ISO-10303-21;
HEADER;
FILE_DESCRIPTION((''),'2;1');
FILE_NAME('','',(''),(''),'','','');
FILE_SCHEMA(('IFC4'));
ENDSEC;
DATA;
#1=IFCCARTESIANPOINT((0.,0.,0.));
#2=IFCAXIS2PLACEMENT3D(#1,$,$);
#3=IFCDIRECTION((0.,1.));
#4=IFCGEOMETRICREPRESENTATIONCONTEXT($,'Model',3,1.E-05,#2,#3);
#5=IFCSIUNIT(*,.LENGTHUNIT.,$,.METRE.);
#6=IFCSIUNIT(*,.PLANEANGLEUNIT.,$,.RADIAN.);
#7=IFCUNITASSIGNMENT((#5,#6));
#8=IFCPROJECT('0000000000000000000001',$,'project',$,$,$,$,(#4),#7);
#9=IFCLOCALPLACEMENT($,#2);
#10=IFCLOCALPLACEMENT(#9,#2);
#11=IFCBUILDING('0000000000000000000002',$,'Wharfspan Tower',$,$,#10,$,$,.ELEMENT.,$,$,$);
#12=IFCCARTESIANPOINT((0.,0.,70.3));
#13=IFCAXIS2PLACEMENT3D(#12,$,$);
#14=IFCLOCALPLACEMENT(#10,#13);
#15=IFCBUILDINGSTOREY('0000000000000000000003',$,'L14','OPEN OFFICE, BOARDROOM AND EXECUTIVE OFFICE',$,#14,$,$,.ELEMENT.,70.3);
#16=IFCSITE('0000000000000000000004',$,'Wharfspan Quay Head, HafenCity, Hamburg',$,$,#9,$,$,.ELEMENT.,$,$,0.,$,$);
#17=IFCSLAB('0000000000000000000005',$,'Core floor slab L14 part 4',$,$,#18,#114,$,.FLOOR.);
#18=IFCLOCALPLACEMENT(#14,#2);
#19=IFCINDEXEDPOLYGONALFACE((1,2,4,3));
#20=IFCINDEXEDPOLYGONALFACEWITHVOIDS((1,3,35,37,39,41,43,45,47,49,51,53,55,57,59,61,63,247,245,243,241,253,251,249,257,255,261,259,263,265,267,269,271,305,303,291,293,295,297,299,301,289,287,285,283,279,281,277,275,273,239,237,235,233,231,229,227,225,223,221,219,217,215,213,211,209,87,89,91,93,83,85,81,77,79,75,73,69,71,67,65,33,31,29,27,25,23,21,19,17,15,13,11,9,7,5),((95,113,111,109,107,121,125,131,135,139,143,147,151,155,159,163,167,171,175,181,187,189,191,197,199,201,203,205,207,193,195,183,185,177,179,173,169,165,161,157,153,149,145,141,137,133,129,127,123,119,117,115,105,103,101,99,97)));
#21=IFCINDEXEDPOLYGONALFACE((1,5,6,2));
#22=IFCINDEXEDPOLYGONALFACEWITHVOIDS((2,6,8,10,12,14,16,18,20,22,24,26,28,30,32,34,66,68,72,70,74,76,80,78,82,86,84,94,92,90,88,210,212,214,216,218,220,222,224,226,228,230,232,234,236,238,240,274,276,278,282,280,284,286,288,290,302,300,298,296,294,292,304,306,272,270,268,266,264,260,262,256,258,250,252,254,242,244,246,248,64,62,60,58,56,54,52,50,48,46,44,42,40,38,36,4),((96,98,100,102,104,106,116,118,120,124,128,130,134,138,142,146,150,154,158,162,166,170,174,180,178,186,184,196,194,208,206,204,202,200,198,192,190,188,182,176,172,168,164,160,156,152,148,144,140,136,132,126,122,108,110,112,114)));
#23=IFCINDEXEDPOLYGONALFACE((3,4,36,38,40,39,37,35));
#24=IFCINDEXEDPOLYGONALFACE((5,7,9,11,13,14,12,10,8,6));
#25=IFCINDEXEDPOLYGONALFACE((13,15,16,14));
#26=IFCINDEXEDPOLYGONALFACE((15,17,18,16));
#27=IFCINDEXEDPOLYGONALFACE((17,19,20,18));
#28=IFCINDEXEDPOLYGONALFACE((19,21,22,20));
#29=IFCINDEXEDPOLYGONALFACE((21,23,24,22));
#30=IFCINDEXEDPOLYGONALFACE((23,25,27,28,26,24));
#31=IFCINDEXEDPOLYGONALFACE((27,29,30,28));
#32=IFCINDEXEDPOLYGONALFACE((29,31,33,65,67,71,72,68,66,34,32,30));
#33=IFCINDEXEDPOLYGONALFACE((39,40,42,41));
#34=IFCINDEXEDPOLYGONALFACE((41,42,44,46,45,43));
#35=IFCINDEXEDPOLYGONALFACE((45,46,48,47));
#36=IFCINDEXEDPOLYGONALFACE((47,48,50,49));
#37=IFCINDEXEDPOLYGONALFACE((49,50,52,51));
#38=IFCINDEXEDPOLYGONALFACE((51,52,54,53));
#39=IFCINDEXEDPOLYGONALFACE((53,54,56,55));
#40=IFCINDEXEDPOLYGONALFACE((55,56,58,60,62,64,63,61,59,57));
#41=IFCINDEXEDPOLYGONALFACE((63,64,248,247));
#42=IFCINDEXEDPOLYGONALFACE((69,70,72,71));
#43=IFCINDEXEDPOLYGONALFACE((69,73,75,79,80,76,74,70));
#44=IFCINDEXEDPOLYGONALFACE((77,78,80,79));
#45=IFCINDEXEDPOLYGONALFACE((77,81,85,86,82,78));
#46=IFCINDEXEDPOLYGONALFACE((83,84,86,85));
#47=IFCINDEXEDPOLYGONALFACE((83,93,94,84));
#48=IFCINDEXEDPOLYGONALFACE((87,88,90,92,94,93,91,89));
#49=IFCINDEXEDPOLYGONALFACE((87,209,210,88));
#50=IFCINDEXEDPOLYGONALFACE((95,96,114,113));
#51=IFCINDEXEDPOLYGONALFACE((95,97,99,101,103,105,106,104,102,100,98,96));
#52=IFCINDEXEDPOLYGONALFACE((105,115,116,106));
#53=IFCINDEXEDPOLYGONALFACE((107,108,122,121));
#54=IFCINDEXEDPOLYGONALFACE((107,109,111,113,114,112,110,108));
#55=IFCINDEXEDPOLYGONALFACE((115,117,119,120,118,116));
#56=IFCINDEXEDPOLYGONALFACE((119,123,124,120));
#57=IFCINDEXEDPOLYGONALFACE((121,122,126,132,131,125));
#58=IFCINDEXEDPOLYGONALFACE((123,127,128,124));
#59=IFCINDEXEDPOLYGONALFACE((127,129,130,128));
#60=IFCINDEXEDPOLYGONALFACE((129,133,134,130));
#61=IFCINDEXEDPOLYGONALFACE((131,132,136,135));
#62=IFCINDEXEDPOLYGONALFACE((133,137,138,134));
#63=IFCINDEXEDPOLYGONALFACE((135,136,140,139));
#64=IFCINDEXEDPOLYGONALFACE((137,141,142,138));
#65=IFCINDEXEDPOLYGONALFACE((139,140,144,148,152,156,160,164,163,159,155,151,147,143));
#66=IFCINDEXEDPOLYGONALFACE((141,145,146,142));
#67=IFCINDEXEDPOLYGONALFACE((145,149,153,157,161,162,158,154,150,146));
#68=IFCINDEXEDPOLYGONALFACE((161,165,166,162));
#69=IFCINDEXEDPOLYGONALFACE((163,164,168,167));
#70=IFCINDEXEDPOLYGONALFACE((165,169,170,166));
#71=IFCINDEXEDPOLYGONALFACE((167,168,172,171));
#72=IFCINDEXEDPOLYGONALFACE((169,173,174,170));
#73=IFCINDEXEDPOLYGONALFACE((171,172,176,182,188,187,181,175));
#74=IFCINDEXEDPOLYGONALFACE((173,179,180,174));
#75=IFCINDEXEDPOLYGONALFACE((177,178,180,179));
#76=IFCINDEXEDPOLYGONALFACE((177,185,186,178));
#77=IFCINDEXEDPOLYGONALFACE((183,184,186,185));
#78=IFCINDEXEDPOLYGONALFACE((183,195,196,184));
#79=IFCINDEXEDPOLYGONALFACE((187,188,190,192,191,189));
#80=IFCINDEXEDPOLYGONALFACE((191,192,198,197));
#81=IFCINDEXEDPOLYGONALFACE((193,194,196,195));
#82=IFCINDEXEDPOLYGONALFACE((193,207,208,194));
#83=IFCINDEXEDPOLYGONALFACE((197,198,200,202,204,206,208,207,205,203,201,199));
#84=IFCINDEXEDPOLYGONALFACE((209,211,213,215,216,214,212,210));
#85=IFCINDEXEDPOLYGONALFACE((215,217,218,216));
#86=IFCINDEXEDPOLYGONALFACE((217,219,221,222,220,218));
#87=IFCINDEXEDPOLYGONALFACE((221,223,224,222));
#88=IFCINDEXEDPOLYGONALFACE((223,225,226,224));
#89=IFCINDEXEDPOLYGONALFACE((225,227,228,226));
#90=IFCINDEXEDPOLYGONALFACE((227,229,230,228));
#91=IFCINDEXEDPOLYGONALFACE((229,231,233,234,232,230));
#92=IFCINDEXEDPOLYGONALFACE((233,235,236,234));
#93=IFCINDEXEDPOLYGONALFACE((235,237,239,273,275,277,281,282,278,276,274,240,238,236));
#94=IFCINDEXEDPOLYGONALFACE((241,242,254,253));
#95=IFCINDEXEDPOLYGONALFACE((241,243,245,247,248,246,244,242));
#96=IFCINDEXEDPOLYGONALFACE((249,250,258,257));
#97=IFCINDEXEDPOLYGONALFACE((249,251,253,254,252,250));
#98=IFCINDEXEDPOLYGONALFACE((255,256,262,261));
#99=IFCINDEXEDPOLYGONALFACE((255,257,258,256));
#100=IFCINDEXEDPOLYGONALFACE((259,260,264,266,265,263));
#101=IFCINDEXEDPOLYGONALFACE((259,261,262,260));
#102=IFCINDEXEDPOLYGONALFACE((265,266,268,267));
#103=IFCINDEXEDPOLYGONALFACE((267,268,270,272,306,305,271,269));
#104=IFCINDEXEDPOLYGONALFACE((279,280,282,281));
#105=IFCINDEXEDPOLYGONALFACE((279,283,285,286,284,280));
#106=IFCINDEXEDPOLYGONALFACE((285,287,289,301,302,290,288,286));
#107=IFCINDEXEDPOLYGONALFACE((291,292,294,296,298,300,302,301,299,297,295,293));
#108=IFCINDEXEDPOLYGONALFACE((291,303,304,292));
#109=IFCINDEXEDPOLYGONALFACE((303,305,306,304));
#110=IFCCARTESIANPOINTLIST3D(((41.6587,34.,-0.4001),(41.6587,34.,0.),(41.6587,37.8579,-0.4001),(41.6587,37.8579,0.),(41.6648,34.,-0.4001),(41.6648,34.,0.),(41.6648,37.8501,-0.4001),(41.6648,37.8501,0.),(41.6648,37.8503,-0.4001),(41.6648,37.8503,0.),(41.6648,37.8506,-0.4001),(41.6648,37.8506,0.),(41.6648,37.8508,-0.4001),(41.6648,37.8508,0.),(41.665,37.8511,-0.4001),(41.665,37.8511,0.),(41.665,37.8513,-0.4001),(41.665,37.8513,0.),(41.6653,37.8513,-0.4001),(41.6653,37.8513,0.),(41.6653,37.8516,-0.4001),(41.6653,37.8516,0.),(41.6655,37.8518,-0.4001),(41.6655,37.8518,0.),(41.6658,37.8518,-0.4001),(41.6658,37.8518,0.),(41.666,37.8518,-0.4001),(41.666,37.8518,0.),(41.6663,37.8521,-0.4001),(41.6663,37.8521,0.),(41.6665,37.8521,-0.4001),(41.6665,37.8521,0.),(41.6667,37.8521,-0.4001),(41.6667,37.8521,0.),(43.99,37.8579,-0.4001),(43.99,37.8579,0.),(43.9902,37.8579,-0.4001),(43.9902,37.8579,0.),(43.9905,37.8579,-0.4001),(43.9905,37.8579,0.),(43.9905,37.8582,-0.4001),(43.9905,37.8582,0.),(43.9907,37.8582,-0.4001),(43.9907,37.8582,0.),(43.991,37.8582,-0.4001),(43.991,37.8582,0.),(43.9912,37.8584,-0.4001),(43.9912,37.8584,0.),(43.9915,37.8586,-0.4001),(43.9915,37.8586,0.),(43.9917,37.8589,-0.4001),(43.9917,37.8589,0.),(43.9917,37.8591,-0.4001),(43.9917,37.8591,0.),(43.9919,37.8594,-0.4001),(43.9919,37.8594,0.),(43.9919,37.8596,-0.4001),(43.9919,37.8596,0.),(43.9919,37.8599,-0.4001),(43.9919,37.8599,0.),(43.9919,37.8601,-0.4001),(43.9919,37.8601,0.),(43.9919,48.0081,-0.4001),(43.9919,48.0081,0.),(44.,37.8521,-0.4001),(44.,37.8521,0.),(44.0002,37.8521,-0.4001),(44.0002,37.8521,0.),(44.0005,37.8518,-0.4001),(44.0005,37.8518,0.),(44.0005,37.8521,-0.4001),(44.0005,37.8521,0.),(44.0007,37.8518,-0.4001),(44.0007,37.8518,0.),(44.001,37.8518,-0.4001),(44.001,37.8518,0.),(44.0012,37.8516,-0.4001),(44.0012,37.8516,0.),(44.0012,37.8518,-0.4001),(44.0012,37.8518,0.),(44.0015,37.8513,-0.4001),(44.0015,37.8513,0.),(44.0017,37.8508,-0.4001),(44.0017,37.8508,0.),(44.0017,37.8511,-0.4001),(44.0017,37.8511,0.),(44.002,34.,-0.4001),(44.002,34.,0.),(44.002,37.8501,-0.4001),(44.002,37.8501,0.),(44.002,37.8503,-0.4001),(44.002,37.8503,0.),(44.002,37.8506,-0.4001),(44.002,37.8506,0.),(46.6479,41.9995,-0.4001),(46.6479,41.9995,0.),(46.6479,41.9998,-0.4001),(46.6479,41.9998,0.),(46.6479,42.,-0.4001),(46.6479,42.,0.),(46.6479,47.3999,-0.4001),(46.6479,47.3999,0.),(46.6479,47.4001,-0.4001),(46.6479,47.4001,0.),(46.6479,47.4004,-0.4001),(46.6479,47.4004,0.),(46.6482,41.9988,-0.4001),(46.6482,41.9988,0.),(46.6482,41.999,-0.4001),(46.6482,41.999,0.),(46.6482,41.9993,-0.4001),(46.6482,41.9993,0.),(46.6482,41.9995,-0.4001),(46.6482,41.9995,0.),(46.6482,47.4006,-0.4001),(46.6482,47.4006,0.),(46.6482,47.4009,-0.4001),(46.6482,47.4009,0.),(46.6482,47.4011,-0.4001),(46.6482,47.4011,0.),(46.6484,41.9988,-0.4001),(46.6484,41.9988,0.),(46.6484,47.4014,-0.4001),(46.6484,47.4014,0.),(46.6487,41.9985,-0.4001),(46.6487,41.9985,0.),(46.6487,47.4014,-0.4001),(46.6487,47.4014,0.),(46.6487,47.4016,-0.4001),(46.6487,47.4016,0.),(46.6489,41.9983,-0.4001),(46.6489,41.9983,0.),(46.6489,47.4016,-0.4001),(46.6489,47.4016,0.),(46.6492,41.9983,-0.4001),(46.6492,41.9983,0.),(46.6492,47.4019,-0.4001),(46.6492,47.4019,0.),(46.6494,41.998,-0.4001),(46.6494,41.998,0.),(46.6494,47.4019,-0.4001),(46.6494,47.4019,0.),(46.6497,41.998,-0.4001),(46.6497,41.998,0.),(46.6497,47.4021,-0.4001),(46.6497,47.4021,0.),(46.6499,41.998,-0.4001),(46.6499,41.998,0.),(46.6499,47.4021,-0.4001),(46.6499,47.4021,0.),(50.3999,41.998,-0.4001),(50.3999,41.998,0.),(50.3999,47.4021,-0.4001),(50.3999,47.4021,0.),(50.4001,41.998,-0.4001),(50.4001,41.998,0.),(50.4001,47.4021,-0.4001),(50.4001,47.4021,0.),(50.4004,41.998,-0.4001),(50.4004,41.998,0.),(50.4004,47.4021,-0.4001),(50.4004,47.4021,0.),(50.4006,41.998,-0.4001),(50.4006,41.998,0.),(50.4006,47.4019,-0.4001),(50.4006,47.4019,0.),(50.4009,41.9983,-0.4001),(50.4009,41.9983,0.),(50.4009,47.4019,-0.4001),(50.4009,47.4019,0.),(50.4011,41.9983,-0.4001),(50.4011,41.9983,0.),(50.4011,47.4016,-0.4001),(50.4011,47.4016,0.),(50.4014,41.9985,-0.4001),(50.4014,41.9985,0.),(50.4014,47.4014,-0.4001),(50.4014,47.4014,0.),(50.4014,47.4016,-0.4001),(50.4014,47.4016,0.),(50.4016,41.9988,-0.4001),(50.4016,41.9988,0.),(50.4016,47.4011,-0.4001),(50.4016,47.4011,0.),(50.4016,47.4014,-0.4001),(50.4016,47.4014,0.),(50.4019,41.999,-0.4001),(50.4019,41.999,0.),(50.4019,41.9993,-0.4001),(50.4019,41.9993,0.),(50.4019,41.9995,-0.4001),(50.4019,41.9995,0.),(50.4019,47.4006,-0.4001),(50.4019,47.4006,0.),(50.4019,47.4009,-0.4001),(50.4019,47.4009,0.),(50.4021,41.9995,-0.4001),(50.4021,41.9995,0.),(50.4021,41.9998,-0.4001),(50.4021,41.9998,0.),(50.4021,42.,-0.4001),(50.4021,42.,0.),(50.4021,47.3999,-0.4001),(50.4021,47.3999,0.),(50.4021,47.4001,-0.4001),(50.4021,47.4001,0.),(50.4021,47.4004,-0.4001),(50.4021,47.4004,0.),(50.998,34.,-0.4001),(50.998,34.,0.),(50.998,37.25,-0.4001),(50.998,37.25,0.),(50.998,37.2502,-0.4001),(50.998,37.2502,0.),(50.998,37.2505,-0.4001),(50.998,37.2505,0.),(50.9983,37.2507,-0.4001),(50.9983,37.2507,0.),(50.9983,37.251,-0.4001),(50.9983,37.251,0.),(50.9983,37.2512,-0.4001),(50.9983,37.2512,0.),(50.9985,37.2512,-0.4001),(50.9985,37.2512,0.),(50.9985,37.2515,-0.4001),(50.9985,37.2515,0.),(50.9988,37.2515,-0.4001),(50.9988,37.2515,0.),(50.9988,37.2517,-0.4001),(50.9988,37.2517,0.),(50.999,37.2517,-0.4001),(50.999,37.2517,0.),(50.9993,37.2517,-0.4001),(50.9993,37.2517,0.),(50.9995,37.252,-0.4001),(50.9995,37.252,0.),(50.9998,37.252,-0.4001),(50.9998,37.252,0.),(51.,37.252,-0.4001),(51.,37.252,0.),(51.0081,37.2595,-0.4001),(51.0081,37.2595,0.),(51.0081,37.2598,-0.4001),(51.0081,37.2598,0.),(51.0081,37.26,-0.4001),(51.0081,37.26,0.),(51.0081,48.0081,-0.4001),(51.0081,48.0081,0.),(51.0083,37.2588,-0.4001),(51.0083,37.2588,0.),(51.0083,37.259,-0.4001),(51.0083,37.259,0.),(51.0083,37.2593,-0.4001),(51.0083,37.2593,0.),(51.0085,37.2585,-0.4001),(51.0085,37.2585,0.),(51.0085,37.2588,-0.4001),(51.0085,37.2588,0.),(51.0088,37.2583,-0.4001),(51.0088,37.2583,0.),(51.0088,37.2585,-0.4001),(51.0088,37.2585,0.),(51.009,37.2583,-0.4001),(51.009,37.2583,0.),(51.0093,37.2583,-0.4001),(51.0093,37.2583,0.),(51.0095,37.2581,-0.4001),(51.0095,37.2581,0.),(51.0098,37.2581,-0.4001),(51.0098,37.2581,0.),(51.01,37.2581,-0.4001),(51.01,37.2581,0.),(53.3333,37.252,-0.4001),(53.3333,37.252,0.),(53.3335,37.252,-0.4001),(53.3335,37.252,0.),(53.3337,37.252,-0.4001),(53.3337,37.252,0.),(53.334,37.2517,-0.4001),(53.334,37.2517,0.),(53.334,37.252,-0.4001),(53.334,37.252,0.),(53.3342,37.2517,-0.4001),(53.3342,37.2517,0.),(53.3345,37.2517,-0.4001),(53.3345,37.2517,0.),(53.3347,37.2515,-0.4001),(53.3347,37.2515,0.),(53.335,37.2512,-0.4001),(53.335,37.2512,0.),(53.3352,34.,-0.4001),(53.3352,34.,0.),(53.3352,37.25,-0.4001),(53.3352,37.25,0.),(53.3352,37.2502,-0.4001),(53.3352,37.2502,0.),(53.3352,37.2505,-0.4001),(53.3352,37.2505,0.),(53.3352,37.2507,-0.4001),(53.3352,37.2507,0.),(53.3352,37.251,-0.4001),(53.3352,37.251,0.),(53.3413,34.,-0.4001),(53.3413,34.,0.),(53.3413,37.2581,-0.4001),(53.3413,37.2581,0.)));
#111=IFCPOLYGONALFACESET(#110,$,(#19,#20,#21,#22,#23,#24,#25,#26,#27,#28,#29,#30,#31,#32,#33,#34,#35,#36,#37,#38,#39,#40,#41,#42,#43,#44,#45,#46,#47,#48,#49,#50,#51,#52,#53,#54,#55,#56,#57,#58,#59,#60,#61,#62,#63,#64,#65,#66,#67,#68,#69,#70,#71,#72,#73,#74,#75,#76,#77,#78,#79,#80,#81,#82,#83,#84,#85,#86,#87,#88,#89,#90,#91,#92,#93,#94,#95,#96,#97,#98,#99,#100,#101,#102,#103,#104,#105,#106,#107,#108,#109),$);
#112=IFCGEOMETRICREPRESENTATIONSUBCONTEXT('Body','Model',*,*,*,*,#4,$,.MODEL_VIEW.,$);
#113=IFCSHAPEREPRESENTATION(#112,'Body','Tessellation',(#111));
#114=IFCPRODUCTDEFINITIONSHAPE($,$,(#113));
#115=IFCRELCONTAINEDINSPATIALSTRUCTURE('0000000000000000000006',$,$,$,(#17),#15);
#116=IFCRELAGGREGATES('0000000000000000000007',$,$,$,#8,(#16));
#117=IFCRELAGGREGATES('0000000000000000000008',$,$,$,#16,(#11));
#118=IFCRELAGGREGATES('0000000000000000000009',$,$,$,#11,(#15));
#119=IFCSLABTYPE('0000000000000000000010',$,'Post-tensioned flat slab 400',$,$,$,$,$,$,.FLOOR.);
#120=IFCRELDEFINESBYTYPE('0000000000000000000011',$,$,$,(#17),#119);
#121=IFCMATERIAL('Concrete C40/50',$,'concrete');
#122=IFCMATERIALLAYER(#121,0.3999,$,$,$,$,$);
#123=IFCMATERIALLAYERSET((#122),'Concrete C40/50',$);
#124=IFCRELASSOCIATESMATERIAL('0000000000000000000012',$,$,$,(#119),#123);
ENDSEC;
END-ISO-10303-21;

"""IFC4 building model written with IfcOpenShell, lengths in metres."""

from ifc_helpers import new_model, si_unit, direction, frame, origin, place, context, subcontext, project, spatial, polyline, outline, extrude, material, layer, layer_set, type_object, element, save


model = new_model("IFC4")

# Units and contexts
model_context = context("Model", 3, precision=1e-05, world=origin(), true_north=direction((0.0, 1.0)))
body_context = subcontext(model_context, "Body", "Model", "MODEL_VIEW")
ifc_project = project(units=[si_unit("LENGTHUNIT", "METRE"), si_unit("PLANEANGLEUNIT", "RADIAN")], contexts=[model_context])

# Site, building, storey
site_placement = place(None, origin())
site = spatial("IfcSite", under=ifc_project, at=site_placement, Name="Wharfspan Quay Head, HafenCity, Hamburg", CompositionType="ELEMENT", RefElevation=0.0)
building_placement = place(site_placement, origin())
building = spatial("IfcBuilding", under=site, at=building_placement, Name="Wharfspan Tower", CompositionType="ELEMENT")
storey_placement = place(building_placement, frame((0.0, 0.0, 70.3)))
storey = spatial("IfcBuildingStorey", under=building, at=storey_placement, Name="L14", Description="OPEN OFFICE, BOARDROOM AND EXECUTIVE OFFICE", CompositionType="ELEMENT", Elevation=70.3)

# Slab
ifc_material_1 = material(Name="Concrete C40/50", Category="concrete")
ifc_layer_1 = layer(ifc_material_1, 0.3999)
ifc_layer_set_1 = layer_set([ifc_layer_1], Name="Concrete C40/50")
slab_type_1 = type_object("IfcSlabType", Name="Post-tensioned flat slab 400", PredefinedType="FLOOR", material=ifc_layer_set_1)
slab_1_placement = place(storey_placement, frame((0.0, 0.0, -0.4001)))
element("IfcSlab", 1, at=slab_1_placement, inside=storey, type_object=slab_type_1, Name="Core floor slab L14 part 4", PredefinedType="FLOOR", context=body_context, shape_type="SweptSolid", body=[
    extrude(outline(polyline([(53.3413, 34.0), (53.3413, 37.2581), (51.01, 37.2581), (51.0098, 37.2581), (51.0095, 37.2581), (51.0095, 37.2581), (51.0093, 37.2583), (51.009, 37.2583), (51.0088, 37.2583), (51.0088, 37.2585), (51.0085, 37.2585), (51.0085, 37.2588), (51.0083, 37.2588), (51.0083, 37.259), (51.0083, 37.2593), (51.0081, 37.2595), (51.0081, 37.2595), (51.0081, 37.2598), (51.0081, 37.26), (51.0081, 48.0081), (43.9919, 48.0081), (43.9919, 37.8601), (43.9919, 37.8599), (43.9919, 37.8596), (43.9919, 37.8594), (43.9917, 37.8591), (43.9917, 37.8591), (43.9917, 37.8589), (43.9915, 37.8586), (43.9915, 37.8586), (43.9912, 37.8584), (43.9912, 37.8584), (43.991, 37.8582), (43.9907, 37.8582), (43.9905, 37.8582), (43.9905, 37.8579), (43.9902, 37.8579), (43.99, 37.8579), (41.6587, 37.8579), (41.6587, 34.0), (41.6648, 34.0), (41.6648, 37.8501), (41.6648, 37.8501), (41.6648, 37.8503), (41.6648, 37.8506), (41.6648, 37.8508), (41.6648, 37.8508), (41.665, 37.8511), (41.665, 37.8513), (41.6653, 37.8513), (41.6653, 37.8516), (41.6655, 37.8518), (41.6658, 37.8518), (41.666, 37.8518), (41.666, 37.8518), (41.6663, 37.8521), (41.6665, 37.8521), (41.6667, 37.8521), (44.0, 37.8521), (44.0002, 37.8521), (44.0005, 37.8521), (44.0005, 37.8518), (44.0007, 37.8518), (44.001, 37.8518), (44.0012, 37.8518), (44.0012, 37.8516), (44.0015, 37.8513), (44.0015, 37.8513), (44.0017, 37.8511), (44.0017, 37.8508), (44.0017, 37.8508), (44.002, 37.8506), (44.002, 37.8503), (44.002, 37.8501), (44.002, 37.8501), (44.002, 34.0), (50.998, 34.0), (50.998, 37.25), (50.998, 37.2502), (50.998, 37.2505), (50.998, 37.2505), (50.9983, 37.2507), (50.9983, 37.251), (50.9983, 37.2512), (50.9985, 37.2512), (50.9985, 37.2515), (50.9988, 37.2515), (50.9988, 37.2517), (50.999, 37.2517), (50.9993, 37.2517), (50.9995, 37.252), (50.9995, 37.252), (50.9998, 37.252), (51.0, 37.252), (53.3333, 37.252), (53.3335, 37.252), (53.3337, 37.252), (53.334, 37.252), (53.334, 37.2517), (53.3342, 37.2517), (53.3345, 37.2517), (53.3347, 37.2515), (53.3347, 37.2515), (53.335, 37.2512), (53.335, 37.2512), (53.3352, 37.251), (53.3352, 37.2507), (53.3352, 37.2505), (53.3352, 37.2505), (53.3352, 37.2502), (53.3352, 37.25), (53.3352, 34.0), (53.3413, 34.0)]), holes=[polyline([(46.6499, 41.998), (46.6499, 41.998), (46.6497, 41.998), (46.6494, 41.998), (46.6492, 41.9983), (46.6492, 41.9983), (46.6489, 41.9983), (46.6487, 41.9985), (46.6487, 41.9985), (46.6484, 41.9988), (46.6482, 41.9988), (46.6482, 41.999), (46.6482, 41.9993), (46.6482, 41.9995), (46.6479, 41.9995), (46.6479, 41.9998), (46.6479, 42.0), (46.6479, 47.3999), (46.6479, 47.4001), (46.6479, 47.4004), (46.6482, 47.4006), (46.6482, 47.4009), (46.6482, 47.4009), (46.6482, 47.4011), (46.6484, 47.4014), (46.6487, 47.4014), (46.6487, 47.4016), (46.6489, 47.4016), (46.6492, 47.4019), (46.6492, 47.4019), (46.6494, 47.4019), (46.6497, 47.4021), (46.6499, 47.4021), (46.6499, 47.4021), (50.3999, 47.4021), (50.4001, 47.4021), (50.4004, 47.4021), (50.4006, 47.4019), (50.4009, 47.4019), (50.4009, 47.4019), (50.4011, 47.4016), (50.4014, 47.4016), (50.4014, 47.4014), (50.4016, 47.4014), (50.4016, 47.4011), (50.4019, 47.4009), (50.4019, 47.4009), (50.4019, 47.4006), (50.4021, 47.4004), (50.4021, 47.4001), (50.4021, 47.3999), (50.4021, 42.0), (50.4021, 41.9998), (50.4021, 41.9995), (50.4019, 41.9995), (50.4019, 41.9993), (50.4019, 41.999), (50.4016, 41.9988), (50.4016, 41.9988), (50.4014, 41.9985), (50.4014, 41.9985), (50.4011, 41.9983), (50.4009, 41.9983), (50.4009, 41.9983), (50.4006, 41.998), (50.4004, 41.998), (50.4001, 41.998), (50.3999, 41.998), (46.6499, 41.998)])]), origin(), (0.0, 0.0, 1.0), 0.4001),
])

save(model, "model.ifc")
